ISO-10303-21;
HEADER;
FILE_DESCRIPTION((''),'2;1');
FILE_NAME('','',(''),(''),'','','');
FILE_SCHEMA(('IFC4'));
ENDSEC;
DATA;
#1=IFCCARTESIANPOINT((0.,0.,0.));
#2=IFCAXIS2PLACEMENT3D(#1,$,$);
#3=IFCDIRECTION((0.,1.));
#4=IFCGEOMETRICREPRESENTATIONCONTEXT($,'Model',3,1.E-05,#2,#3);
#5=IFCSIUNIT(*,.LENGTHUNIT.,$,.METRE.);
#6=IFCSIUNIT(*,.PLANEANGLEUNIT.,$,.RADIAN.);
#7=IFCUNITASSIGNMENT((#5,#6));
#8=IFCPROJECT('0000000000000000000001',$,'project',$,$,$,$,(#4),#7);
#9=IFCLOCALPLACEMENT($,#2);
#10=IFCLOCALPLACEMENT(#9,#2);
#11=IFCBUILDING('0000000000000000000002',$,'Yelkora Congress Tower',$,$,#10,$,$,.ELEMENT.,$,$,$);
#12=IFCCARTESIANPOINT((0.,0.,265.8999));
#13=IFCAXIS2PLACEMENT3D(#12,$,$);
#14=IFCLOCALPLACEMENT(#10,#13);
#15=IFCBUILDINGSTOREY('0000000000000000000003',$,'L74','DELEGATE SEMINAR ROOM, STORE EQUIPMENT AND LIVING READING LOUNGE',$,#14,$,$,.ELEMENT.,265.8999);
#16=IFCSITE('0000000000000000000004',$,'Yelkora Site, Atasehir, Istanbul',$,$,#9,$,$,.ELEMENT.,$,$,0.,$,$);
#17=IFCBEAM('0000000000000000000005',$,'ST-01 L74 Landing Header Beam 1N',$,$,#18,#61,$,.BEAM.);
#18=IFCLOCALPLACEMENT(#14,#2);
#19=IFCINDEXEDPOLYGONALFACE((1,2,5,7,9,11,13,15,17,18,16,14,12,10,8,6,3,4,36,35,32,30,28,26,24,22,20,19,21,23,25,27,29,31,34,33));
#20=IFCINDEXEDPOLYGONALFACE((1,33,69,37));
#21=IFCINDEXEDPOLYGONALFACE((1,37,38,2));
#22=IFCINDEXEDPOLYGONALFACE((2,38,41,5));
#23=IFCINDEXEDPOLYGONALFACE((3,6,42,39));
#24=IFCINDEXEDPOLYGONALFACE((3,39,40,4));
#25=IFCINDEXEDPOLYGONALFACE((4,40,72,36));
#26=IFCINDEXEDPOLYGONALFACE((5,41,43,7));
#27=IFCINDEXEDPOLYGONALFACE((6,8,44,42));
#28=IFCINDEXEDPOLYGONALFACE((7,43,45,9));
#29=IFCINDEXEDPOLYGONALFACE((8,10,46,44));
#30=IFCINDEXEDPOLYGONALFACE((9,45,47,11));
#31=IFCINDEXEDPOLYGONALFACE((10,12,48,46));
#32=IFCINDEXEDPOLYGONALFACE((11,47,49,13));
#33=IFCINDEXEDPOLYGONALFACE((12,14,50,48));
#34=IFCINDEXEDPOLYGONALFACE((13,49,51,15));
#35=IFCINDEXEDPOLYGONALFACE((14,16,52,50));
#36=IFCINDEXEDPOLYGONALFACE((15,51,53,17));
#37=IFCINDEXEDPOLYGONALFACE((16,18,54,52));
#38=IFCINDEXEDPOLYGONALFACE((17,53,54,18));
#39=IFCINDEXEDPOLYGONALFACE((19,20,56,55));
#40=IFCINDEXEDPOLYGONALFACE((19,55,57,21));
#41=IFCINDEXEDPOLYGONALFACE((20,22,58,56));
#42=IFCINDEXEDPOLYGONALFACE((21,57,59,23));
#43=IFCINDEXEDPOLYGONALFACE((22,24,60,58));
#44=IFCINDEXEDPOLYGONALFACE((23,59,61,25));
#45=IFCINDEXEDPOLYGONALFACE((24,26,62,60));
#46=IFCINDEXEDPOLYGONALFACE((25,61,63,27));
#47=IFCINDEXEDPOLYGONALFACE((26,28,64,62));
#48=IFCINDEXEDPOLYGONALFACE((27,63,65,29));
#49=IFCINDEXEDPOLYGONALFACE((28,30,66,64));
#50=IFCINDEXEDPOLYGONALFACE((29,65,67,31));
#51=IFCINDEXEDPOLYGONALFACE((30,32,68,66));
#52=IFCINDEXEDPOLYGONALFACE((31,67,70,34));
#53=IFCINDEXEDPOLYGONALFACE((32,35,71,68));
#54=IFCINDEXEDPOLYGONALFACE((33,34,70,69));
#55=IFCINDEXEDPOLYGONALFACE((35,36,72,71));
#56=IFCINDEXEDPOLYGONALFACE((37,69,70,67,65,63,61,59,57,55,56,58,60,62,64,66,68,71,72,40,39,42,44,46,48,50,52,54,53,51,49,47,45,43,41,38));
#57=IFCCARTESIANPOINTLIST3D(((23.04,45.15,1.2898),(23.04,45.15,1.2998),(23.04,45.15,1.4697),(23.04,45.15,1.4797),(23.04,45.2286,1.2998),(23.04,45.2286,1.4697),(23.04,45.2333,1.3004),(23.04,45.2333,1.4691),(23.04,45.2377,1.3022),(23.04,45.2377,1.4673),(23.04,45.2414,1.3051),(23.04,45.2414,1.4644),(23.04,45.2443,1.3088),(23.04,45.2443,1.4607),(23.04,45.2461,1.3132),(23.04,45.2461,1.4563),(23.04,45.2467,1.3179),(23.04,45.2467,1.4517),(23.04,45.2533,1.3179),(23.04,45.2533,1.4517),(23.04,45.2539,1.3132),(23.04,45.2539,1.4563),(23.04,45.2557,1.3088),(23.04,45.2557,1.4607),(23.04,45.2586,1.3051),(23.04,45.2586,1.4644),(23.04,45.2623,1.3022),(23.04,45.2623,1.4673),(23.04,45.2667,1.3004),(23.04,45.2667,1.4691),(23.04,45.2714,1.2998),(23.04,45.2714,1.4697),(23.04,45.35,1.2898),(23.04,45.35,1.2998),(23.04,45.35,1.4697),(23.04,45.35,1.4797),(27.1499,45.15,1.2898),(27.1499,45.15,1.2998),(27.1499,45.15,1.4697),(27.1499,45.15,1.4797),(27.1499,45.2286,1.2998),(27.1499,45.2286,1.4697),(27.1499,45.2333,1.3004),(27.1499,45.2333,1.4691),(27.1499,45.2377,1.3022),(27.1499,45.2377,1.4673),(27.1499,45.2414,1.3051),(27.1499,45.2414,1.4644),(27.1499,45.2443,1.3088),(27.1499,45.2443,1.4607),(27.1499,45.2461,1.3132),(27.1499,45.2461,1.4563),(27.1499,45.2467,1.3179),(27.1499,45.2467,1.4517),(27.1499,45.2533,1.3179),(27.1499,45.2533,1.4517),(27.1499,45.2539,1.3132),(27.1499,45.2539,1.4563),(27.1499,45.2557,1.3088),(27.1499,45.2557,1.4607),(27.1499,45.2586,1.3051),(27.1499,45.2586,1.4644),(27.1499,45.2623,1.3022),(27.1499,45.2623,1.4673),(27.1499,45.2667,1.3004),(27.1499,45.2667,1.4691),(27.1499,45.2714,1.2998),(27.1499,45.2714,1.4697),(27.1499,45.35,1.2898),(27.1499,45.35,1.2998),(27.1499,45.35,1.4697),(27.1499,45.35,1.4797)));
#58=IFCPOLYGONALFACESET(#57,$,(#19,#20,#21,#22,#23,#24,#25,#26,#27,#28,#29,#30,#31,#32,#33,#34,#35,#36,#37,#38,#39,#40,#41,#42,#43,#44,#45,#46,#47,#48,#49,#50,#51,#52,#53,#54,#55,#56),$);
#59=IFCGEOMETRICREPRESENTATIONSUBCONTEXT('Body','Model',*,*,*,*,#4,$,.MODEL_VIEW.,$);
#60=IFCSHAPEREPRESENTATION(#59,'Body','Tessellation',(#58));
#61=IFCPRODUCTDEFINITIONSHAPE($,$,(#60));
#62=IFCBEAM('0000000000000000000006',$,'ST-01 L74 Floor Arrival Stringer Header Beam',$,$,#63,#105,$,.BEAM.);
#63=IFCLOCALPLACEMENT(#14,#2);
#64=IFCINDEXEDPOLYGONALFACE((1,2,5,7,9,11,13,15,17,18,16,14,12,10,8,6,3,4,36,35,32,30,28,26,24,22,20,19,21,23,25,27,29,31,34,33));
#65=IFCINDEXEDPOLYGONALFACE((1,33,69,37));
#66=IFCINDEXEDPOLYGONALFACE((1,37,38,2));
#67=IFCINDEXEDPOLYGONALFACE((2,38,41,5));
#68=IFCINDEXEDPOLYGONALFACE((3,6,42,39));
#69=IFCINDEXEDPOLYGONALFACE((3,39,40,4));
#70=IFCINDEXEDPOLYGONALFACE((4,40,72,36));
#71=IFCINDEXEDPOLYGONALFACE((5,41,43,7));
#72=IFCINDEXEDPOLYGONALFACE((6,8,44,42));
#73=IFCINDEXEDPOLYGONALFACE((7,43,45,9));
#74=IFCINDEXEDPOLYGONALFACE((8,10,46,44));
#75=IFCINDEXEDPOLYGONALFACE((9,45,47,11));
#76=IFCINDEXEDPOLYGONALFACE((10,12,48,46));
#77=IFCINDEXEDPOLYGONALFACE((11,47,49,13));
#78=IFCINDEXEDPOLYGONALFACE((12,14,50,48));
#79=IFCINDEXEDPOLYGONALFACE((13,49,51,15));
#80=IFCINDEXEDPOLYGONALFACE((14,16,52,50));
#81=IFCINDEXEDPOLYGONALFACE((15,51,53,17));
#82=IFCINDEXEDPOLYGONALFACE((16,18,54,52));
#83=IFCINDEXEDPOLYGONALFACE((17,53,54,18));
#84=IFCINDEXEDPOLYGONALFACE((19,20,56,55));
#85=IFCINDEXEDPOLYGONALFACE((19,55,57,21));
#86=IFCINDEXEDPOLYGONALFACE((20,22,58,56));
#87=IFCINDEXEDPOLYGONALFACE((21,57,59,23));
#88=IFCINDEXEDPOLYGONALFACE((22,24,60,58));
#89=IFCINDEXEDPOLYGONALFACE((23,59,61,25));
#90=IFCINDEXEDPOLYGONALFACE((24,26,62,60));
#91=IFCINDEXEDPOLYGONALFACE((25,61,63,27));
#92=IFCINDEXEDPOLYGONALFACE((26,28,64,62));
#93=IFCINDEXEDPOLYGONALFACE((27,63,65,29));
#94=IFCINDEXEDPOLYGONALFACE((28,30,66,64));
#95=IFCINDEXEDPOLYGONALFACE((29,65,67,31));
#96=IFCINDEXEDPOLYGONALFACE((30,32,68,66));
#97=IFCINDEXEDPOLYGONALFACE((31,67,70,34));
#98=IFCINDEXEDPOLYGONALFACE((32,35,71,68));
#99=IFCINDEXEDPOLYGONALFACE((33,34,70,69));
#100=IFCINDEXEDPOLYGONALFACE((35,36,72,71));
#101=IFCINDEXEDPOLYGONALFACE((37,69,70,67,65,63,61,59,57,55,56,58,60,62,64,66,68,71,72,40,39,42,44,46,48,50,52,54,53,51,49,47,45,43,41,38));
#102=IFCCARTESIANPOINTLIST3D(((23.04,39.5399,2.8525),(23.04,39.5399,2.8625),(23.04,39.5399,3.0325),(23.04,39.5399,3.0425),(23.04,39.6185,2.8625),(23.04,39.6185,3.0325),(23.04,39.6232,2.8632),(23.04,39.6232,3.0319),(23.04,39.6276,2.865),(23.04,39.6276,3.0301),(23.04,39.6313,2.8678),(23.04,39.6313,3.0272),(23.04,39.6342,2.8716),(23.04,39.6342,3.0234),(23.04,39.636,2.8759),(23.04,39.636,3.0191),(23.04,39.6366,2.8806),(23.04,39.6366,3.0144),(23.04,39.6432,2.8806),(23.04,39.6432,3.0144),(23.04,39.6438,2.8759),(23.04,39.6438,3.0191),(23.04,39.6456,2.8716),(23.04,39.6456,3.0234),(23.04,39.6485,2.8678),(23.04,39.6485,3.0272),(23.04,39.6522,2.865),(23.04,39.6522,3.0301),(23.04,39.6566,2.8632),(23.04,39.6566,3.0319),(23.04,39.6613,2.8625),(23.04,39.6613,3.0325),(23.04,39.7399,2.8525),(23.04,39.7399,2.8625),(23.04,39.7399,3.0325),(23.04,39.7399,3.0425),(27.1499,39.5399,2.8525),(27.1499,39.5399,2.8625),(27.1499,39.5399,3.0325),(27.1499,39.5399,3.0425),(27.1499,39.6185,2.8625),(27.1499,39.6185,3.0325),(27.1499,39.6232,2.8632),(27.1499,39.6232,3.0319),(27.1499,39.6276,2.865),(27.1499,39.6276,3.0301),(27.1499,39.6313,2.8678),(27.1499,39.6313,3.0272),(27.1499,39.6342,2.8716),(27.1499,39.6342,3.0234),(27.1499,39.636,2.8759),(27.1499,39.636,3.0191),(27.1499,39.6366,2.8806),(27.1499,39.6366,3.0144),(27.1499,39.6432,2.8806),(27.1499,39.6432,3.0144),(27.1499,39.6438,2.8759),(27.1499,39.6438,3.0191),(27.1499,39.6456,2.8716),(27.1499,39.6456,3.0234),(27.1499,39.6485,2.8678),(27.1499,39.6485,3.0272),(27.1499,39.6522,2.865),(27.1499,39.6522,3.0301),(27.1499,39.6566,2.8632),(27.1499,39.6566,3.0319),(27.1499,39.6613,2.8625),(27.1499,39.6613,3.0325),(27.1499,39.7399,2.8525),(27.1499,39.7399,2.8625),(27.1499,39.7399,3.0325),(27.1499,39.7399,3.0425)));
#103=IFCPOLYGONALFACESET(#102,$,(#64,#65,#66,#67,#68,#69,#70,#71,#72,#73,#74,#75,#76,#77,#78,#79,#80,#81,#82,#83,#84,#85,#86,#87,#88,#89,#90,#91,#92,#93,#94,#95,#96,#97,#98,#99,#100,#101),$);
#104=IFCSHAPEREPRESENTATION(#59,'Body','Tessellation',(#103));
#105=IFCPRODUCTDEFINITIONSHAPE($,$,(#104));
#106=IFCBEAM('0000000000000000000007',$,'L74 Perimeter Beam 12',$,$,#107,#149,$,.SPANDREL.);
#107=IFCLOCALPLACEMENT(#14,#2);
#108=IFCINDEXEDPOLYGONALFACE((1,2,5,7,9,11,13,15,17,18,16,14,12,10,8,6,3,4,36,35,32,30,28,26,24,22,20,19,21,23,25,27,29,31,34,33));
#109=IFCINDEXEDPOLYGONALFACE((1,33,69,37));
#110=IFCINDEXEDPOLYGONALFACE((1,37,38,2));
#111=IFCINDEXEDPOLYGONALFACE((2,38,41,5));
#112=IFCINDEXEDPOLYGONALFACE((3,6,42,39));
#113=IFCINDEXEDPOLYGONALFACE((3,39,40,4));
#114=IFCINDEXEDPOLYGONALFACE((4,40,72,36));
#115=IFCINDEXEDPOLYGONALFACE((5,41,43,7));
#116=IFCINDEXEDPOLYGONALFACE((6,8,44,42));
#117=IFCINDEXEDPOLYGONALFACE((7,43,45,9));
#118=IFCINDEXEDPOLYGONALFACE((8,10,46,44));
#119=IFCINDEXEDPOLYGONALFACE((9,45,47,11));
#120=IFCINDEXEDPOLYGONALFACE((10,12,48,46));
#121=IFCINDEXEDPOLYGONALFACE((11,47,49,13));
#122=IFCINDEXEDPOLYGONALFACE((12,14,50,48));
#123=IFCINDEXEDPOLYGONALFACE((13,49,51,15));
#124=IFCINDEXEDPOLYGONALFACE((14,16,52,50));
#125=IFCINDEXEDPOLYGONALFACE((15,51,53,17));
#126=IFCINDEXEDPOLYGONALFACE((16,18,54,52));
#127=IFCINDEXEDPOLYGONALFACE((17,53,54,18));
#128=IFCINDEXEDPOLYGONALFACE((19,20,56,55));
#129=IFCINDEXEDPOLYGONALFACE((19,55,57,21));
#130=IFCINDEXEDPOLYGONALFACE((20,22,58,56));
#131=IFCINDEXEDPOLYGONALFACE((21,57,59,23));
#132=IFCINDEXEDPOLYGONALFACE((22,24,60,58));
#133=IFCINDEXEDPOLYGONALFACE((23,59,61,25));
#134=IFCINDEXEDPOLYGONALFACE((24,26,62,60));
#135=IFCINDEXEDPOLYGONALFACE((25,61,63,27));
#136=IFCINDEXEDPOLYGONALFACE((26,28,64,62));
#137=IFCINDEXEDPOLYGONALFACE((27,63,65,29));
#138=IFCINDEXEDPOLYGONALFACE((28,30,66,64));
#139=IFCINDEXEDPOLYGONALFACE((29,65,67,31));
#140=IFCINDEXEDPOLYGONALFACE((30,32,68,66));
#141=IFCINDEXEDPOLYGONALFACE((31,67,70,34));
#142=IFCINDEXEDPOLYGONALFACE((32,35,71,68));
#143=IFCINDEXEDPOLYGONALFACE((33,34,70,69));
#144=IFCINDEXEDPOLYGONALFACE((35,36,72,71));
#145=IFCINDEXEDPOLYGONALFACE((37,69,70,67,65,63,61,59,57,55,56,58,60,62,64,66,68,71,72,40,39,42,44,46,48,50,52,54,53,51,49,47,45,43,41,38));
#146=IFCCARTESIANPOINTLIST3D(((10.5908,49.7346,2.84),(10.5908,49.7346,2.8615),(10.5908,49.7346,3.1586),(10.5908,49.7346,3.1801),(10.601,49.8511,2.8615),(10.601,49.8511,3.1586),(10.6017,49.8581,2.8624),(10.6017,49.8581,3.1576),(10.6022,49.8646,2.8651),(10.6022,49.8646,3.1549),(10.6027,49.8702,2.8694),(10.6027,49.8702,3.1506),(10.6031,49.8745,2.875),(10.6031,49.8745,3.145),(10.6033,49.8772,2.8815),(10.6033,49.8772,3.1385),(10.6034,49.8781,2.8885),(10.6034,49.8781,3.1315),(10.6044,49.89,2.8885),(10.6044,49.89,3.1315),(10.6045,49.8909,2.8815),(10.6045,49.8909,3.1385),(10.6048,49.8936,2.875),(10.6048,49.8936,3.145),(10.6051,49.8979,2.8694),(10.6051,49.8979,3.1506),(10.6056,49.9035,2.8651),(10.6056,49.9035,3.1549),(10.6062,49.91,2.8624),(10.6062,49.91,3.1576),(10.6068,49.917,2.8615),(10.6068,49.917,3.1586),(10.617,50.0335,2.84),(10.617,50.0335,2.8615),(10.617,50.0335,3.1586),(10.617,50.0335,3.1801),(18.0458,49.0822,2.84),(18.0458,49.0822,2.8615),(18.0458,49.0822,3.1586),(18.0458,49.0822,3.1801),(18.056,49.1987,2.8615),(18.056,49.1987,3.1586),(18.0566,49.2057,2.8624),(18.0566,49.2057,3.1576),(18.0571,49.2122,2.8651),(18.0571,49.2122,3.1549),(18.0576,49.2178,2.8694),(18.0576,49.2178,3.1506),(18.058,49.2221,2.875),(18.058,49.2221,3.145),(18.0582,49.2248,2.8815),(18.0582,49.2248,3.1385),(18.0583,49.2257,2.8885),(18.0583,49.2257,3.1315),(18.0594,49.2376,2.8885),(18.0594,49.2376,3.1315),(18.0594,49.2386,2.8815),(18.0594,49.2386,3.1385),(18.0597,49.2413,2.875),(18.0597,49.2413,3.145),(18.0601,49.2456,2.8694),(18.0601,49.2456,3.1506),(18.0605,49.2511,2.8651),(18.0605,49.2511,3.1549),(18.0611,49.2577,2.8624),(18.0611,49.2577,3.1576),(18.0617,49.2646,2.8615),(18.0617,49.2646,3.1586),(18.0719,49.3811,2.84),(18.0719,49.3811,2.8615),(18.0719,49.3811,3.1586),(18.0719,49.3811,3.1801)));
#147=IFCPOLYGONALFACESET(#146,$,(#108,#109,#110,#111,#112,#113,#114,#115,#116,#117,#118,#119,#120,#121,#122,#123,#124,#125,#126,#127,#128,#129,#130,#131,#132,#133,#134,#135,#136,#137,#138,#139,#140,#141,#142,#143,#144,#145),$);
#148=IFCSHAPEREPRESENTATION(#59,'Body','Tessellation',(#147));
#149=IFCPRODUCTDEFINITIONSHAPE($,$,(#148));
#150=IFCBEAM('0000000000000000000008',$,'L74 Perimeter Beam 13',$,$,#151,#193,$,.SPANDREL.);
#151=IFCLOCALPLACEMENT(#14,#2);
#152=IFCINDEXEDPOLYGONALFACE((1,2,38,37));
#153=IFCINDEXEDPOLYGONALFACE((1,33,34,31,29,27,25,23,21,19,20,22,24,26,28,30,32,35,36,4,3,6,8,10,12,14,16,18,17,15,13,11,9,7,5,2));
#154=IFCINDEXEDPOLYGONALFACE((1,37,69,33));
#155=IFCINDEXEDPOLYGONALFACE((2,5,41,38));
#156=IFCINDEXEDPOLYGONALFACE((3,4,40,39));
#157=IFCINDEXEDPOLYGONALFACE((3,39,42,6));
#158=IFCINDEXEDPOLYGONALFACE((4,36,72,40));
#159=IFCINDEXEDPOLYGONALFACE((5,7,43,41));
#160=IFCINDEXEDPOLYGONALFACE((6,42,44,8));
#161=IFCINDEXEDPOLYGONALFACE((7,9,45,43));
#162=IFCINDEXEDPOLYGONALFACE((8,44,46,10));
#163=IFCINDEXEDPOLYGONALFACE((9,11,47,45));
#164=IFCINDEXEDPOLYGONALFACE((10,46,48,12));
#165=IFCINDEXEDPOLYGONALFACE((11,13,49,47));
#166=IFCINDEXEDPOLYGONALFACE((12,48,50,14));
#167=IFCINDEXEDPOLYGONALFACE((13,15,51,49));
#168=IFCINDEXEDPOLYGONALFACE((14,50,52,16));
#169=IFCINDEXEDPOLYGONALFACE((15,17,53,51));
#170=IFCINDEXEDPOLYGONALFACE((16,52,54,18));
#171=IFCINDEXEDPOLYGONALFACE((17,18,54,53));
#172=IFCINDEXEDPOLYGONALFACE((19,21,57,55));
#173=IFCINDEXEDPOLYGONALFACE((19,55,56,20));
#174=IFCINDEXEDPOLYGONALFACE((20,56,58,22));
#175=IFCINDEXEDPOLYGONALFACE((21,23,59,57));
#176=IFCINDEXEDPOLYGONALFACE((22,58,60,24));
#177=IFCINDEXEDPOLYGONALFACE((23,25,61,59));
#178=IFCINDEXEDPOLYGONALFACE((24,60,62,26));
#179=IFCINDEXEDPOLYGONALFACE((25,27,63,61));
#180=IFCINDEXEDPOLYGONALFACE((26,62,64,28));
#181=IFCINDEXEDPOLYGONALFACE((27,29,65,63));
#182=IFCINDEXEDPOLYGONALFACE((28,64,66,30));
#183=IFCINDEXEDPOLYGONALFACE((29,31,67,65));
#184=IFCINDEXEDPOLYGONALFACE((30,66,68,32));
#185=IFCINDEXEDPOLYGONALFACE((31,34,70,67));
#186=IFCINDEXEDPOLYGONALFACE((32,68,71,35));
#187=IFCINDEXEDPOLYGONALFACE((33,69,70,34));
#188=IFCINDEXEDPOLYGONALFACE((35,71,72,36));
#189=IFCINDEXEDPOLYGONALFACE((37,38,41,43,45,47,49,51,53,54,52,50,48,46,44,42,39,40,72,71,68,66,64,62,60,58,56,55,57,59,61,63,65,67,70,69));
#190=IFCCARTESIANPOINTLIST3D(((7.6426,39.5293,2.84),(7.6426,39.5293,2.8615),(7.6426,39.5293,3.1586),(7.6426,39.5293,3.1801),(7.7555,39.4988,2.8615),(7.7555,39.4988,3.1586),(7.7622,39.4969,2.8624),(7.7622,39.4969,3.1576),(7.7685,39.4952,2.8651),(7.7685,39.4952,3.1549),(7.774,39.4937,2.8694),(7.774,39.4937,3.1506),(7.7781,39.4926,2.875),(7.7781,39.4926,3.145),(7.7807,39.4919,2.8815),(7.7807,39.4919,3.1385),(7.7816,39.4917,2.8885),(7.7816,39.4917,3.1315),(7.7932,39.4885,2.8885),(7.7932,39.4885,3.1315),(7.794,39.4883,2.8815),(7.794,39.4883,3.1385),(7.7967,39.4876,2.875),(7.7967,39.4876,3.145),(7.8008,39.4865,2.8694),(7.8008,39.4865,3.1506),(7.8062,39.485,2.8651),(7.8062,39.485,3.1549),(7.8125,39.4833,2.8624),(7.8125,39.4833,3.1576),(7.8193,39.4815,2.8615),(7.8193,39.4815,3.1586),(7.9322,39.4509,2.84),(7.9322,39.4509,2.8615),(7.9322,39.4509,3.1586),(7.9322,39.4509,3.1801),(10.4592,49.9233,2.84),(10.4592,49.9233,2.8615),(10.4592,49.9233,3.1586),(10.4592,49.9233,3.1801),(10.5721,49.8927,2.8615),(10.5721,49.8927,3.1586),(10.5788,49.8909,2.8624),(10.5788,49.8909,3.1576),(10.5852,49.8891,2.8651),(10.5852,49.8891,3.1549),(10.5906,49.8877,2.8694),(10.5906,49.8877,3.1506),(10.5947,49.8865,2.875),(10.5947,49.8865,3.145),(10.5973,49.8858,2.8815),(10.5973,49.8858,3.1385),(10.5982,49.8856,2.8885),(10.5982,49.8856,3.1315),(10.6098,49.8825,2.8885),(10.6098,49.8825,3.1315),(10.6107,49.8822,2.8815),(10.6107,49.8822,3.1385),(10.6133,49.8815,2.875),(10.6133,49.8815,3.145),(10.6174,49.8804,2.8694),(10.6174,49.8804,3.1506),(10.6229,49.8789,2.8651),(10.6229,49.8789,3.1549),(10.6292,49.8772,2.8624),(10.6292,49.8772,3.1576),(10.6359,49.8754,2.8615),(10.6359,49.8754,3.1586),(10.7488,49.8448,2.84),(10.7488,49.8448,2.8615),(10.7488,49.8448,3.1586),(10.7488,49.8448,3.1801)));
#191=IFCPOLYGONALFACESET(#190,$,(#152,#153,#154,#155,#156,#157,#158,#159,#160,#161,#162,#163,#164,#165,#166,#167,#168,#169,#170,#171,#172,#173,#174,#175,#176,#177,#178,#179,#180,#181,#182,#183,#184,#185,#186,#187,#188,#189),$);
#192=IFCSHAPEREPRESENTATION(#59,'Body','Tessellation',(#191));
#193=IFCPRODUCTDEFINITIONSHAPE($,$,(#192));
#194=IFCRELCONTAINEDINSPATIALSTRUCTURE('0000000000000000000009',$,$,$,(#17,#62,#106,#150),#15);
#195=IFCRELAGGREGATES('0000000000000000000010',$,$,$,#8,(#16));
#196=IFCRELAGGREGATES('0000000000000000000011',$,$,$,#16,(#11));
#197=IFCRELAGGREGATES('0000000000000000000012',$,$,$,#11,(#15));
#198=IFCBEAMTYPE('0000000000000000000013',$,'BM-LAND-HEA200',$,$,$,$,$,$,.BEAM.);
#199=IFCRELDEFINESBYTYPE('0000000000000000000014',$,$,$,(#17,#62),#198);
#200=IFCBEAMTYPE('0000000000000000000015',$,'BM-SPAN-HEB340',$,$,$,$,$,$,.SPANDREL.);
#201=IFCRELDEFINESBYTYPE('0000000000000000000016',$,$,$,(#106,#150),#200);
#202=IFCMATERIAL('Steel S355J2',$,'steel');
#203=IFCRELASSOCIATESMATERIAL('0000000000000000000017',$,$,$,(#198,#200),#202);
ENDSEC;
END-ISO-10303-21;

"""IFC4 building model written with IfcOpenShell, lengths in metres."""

from ifc_helpers import new_model, si_unit, direction, frame, origin, origin_2d, place, context, subcontext, project, spatial, i_section, extrude, material, material_profile, profile_set, type_object, element, save


model = new_model("IFC4")

# Units and contexts
model_context = context("Model", 3, precision=1e-05, world=origin(), true_north=direction((0.0, 1.0)))
body_context = subcontext(model_context, "Body", "Model", "MODEL_VIEW")
ifc_project = project(units=[si_unit("LENGTHUNIT", "METRE"), si_unit("PLANEANGLEUNIT", "RADIAN")], contexts=[model_context])

# Site, building, storey
site_placement = place(None, origin())
site = spatial("IfcSite", under=ifc_project, at=site_placement, Name="Yelkora Site, Atasehir, Istanbul", CompositionType="ELEMENT", RefElevation=0.0)
building_placement = place(site_placement, origin())
building = spatial("IfcBuilding", under=site, at=building_placement, Name="Yelkora Congress Tower", CompositionType="ELEMENT")
storey_placement = place(building_placement, frame((0.0, 0.0, 265.8999)))
storey = spatial("IfcBuildingStorey", under=building, at=storey_placement, Name="L74", Description="DELEGATE SEMINAR ROOM, STORE EQUIPMENT AND LIVING READING LOUNGE", CompositionType="ELEMENT", Elevation=265.8999)

# Shared definitions
ifc_material_1 = material(Name="Steel S355J2", Category="steel")

# Beams
ifc_material_profile_1 = material_profile(ifc_material_1, i_section(OverallWidth=0.2, OverallDepth=0.1899, WebThickness=0.0066, FlangeThickness=0.01, FilletRadius=0.0181, at=origin_2d()), Name="HEA 200")
ifc_profile_set_1 = profile_set([ifc_material_profile_1], Name="Steel S355J2")
beam_type_1 = type_object("IfcBeamType", Name="BM-LAND-HEA200", PredefinedType="BEAM", material=ifc_profile_set_1)
for number, where, z_axis, x_axis, name in (
    (1, (23.04, 45.25, 1.3848), (1.0, 0.0, 0.0), (0.0, 1.0, 0.0), "ST-01 L74 Landing Header Beam 1N"),
    (2, (23.04, 39.6399, 2.9475), (1.0, 0.0, 0.0), (0.0, 1.0, 0.0), "ST-01 L74 Floor Arrival Stringer Header Beam"),
):
    element("IfcBeam", number, at=place(storey_placement, frame(where, z_axis=z_axis, x_axis=x_axis)), inside=storey, type_object=beam_type_1, Name=name, PredefinedType="BEAM", context=body_context, shape_type="SweptSolid", body=[
        extrude(i_section(OverallWidth=0.2, OverallDepth=0.1899, WebThickness=0.0066, FlangeThickness=0.01, FilletRadius=0.0181, at=origin_2d()), origin(), (0.0, 0.0, 1.0), 4.1099),
    ])
ifc_material_profile_2 = material_profile(ifc_material_1, i_section(OverallWidth=0.3, OverallDepth=0.3401, WebThickness=0.012, FlangeThickness=0.0215, FilletRadius=0.0271, at=origin_2d()), Name="HEB 340")
ifc_profile_set_2 = profile_set([ifc_material_profile_2], Name="Steel S355J2")
beam_type_2 = type_object("IfcBeamType", Name="BM-SPAN-HEB340", PredefinedType="SPANDREL", material=ifc_profile_set_2)
beam_1_placement = place(storey_placement, frame((18.0588, 49.2317, 3.01), z_axis=(-0.996193, 0.087173, 0.0), x_axis=(-0.087173, -0.996193, 0.0)))
element("IfcBeam", 3, at=beam_1_placement, inside=storey, type_object=beam_type_2, Name="L74 Perimeter Beam 12", PredefinedType="SPANDREL", context=body_context, shape_type="SweptSolid", body=[
    extrude(i_section(OverallWidth=0.3, OverallDepth=0.3401, WebThickness=0.012, FlangeThickness=0.0215, FilletRadius=0.0271, at=origin_2d()), origin(), (0.0, 0.0, 1.0), 7.4834),
])
beam_2_placement = place(storey_placement, frame((10.604, 49.884, 3.01), z_axis=(-0.261554, -0.965189, 0.0), x_axis=(0.965189, -0.261554, 0.0)))
element("IfcBeam", 4, at=beam_2_placement, inside=storey, type_object=beam_type_2, Name="L74 Perimeter Beam 13", PredefinedType="SPANDREL", context=body_context, shape_type="SweptSolid", body=[
    extrude(i_section(OverallWidth=0.3, OverallDepth=0.3401, WebThickness=0.012, FlangeThickness=0.0215, FilletRadius=0.0271, at=origin_2d()), origin(), (0.0, 0.0, 1.0), 10.7688),
])

save(model, "model.ifc")
